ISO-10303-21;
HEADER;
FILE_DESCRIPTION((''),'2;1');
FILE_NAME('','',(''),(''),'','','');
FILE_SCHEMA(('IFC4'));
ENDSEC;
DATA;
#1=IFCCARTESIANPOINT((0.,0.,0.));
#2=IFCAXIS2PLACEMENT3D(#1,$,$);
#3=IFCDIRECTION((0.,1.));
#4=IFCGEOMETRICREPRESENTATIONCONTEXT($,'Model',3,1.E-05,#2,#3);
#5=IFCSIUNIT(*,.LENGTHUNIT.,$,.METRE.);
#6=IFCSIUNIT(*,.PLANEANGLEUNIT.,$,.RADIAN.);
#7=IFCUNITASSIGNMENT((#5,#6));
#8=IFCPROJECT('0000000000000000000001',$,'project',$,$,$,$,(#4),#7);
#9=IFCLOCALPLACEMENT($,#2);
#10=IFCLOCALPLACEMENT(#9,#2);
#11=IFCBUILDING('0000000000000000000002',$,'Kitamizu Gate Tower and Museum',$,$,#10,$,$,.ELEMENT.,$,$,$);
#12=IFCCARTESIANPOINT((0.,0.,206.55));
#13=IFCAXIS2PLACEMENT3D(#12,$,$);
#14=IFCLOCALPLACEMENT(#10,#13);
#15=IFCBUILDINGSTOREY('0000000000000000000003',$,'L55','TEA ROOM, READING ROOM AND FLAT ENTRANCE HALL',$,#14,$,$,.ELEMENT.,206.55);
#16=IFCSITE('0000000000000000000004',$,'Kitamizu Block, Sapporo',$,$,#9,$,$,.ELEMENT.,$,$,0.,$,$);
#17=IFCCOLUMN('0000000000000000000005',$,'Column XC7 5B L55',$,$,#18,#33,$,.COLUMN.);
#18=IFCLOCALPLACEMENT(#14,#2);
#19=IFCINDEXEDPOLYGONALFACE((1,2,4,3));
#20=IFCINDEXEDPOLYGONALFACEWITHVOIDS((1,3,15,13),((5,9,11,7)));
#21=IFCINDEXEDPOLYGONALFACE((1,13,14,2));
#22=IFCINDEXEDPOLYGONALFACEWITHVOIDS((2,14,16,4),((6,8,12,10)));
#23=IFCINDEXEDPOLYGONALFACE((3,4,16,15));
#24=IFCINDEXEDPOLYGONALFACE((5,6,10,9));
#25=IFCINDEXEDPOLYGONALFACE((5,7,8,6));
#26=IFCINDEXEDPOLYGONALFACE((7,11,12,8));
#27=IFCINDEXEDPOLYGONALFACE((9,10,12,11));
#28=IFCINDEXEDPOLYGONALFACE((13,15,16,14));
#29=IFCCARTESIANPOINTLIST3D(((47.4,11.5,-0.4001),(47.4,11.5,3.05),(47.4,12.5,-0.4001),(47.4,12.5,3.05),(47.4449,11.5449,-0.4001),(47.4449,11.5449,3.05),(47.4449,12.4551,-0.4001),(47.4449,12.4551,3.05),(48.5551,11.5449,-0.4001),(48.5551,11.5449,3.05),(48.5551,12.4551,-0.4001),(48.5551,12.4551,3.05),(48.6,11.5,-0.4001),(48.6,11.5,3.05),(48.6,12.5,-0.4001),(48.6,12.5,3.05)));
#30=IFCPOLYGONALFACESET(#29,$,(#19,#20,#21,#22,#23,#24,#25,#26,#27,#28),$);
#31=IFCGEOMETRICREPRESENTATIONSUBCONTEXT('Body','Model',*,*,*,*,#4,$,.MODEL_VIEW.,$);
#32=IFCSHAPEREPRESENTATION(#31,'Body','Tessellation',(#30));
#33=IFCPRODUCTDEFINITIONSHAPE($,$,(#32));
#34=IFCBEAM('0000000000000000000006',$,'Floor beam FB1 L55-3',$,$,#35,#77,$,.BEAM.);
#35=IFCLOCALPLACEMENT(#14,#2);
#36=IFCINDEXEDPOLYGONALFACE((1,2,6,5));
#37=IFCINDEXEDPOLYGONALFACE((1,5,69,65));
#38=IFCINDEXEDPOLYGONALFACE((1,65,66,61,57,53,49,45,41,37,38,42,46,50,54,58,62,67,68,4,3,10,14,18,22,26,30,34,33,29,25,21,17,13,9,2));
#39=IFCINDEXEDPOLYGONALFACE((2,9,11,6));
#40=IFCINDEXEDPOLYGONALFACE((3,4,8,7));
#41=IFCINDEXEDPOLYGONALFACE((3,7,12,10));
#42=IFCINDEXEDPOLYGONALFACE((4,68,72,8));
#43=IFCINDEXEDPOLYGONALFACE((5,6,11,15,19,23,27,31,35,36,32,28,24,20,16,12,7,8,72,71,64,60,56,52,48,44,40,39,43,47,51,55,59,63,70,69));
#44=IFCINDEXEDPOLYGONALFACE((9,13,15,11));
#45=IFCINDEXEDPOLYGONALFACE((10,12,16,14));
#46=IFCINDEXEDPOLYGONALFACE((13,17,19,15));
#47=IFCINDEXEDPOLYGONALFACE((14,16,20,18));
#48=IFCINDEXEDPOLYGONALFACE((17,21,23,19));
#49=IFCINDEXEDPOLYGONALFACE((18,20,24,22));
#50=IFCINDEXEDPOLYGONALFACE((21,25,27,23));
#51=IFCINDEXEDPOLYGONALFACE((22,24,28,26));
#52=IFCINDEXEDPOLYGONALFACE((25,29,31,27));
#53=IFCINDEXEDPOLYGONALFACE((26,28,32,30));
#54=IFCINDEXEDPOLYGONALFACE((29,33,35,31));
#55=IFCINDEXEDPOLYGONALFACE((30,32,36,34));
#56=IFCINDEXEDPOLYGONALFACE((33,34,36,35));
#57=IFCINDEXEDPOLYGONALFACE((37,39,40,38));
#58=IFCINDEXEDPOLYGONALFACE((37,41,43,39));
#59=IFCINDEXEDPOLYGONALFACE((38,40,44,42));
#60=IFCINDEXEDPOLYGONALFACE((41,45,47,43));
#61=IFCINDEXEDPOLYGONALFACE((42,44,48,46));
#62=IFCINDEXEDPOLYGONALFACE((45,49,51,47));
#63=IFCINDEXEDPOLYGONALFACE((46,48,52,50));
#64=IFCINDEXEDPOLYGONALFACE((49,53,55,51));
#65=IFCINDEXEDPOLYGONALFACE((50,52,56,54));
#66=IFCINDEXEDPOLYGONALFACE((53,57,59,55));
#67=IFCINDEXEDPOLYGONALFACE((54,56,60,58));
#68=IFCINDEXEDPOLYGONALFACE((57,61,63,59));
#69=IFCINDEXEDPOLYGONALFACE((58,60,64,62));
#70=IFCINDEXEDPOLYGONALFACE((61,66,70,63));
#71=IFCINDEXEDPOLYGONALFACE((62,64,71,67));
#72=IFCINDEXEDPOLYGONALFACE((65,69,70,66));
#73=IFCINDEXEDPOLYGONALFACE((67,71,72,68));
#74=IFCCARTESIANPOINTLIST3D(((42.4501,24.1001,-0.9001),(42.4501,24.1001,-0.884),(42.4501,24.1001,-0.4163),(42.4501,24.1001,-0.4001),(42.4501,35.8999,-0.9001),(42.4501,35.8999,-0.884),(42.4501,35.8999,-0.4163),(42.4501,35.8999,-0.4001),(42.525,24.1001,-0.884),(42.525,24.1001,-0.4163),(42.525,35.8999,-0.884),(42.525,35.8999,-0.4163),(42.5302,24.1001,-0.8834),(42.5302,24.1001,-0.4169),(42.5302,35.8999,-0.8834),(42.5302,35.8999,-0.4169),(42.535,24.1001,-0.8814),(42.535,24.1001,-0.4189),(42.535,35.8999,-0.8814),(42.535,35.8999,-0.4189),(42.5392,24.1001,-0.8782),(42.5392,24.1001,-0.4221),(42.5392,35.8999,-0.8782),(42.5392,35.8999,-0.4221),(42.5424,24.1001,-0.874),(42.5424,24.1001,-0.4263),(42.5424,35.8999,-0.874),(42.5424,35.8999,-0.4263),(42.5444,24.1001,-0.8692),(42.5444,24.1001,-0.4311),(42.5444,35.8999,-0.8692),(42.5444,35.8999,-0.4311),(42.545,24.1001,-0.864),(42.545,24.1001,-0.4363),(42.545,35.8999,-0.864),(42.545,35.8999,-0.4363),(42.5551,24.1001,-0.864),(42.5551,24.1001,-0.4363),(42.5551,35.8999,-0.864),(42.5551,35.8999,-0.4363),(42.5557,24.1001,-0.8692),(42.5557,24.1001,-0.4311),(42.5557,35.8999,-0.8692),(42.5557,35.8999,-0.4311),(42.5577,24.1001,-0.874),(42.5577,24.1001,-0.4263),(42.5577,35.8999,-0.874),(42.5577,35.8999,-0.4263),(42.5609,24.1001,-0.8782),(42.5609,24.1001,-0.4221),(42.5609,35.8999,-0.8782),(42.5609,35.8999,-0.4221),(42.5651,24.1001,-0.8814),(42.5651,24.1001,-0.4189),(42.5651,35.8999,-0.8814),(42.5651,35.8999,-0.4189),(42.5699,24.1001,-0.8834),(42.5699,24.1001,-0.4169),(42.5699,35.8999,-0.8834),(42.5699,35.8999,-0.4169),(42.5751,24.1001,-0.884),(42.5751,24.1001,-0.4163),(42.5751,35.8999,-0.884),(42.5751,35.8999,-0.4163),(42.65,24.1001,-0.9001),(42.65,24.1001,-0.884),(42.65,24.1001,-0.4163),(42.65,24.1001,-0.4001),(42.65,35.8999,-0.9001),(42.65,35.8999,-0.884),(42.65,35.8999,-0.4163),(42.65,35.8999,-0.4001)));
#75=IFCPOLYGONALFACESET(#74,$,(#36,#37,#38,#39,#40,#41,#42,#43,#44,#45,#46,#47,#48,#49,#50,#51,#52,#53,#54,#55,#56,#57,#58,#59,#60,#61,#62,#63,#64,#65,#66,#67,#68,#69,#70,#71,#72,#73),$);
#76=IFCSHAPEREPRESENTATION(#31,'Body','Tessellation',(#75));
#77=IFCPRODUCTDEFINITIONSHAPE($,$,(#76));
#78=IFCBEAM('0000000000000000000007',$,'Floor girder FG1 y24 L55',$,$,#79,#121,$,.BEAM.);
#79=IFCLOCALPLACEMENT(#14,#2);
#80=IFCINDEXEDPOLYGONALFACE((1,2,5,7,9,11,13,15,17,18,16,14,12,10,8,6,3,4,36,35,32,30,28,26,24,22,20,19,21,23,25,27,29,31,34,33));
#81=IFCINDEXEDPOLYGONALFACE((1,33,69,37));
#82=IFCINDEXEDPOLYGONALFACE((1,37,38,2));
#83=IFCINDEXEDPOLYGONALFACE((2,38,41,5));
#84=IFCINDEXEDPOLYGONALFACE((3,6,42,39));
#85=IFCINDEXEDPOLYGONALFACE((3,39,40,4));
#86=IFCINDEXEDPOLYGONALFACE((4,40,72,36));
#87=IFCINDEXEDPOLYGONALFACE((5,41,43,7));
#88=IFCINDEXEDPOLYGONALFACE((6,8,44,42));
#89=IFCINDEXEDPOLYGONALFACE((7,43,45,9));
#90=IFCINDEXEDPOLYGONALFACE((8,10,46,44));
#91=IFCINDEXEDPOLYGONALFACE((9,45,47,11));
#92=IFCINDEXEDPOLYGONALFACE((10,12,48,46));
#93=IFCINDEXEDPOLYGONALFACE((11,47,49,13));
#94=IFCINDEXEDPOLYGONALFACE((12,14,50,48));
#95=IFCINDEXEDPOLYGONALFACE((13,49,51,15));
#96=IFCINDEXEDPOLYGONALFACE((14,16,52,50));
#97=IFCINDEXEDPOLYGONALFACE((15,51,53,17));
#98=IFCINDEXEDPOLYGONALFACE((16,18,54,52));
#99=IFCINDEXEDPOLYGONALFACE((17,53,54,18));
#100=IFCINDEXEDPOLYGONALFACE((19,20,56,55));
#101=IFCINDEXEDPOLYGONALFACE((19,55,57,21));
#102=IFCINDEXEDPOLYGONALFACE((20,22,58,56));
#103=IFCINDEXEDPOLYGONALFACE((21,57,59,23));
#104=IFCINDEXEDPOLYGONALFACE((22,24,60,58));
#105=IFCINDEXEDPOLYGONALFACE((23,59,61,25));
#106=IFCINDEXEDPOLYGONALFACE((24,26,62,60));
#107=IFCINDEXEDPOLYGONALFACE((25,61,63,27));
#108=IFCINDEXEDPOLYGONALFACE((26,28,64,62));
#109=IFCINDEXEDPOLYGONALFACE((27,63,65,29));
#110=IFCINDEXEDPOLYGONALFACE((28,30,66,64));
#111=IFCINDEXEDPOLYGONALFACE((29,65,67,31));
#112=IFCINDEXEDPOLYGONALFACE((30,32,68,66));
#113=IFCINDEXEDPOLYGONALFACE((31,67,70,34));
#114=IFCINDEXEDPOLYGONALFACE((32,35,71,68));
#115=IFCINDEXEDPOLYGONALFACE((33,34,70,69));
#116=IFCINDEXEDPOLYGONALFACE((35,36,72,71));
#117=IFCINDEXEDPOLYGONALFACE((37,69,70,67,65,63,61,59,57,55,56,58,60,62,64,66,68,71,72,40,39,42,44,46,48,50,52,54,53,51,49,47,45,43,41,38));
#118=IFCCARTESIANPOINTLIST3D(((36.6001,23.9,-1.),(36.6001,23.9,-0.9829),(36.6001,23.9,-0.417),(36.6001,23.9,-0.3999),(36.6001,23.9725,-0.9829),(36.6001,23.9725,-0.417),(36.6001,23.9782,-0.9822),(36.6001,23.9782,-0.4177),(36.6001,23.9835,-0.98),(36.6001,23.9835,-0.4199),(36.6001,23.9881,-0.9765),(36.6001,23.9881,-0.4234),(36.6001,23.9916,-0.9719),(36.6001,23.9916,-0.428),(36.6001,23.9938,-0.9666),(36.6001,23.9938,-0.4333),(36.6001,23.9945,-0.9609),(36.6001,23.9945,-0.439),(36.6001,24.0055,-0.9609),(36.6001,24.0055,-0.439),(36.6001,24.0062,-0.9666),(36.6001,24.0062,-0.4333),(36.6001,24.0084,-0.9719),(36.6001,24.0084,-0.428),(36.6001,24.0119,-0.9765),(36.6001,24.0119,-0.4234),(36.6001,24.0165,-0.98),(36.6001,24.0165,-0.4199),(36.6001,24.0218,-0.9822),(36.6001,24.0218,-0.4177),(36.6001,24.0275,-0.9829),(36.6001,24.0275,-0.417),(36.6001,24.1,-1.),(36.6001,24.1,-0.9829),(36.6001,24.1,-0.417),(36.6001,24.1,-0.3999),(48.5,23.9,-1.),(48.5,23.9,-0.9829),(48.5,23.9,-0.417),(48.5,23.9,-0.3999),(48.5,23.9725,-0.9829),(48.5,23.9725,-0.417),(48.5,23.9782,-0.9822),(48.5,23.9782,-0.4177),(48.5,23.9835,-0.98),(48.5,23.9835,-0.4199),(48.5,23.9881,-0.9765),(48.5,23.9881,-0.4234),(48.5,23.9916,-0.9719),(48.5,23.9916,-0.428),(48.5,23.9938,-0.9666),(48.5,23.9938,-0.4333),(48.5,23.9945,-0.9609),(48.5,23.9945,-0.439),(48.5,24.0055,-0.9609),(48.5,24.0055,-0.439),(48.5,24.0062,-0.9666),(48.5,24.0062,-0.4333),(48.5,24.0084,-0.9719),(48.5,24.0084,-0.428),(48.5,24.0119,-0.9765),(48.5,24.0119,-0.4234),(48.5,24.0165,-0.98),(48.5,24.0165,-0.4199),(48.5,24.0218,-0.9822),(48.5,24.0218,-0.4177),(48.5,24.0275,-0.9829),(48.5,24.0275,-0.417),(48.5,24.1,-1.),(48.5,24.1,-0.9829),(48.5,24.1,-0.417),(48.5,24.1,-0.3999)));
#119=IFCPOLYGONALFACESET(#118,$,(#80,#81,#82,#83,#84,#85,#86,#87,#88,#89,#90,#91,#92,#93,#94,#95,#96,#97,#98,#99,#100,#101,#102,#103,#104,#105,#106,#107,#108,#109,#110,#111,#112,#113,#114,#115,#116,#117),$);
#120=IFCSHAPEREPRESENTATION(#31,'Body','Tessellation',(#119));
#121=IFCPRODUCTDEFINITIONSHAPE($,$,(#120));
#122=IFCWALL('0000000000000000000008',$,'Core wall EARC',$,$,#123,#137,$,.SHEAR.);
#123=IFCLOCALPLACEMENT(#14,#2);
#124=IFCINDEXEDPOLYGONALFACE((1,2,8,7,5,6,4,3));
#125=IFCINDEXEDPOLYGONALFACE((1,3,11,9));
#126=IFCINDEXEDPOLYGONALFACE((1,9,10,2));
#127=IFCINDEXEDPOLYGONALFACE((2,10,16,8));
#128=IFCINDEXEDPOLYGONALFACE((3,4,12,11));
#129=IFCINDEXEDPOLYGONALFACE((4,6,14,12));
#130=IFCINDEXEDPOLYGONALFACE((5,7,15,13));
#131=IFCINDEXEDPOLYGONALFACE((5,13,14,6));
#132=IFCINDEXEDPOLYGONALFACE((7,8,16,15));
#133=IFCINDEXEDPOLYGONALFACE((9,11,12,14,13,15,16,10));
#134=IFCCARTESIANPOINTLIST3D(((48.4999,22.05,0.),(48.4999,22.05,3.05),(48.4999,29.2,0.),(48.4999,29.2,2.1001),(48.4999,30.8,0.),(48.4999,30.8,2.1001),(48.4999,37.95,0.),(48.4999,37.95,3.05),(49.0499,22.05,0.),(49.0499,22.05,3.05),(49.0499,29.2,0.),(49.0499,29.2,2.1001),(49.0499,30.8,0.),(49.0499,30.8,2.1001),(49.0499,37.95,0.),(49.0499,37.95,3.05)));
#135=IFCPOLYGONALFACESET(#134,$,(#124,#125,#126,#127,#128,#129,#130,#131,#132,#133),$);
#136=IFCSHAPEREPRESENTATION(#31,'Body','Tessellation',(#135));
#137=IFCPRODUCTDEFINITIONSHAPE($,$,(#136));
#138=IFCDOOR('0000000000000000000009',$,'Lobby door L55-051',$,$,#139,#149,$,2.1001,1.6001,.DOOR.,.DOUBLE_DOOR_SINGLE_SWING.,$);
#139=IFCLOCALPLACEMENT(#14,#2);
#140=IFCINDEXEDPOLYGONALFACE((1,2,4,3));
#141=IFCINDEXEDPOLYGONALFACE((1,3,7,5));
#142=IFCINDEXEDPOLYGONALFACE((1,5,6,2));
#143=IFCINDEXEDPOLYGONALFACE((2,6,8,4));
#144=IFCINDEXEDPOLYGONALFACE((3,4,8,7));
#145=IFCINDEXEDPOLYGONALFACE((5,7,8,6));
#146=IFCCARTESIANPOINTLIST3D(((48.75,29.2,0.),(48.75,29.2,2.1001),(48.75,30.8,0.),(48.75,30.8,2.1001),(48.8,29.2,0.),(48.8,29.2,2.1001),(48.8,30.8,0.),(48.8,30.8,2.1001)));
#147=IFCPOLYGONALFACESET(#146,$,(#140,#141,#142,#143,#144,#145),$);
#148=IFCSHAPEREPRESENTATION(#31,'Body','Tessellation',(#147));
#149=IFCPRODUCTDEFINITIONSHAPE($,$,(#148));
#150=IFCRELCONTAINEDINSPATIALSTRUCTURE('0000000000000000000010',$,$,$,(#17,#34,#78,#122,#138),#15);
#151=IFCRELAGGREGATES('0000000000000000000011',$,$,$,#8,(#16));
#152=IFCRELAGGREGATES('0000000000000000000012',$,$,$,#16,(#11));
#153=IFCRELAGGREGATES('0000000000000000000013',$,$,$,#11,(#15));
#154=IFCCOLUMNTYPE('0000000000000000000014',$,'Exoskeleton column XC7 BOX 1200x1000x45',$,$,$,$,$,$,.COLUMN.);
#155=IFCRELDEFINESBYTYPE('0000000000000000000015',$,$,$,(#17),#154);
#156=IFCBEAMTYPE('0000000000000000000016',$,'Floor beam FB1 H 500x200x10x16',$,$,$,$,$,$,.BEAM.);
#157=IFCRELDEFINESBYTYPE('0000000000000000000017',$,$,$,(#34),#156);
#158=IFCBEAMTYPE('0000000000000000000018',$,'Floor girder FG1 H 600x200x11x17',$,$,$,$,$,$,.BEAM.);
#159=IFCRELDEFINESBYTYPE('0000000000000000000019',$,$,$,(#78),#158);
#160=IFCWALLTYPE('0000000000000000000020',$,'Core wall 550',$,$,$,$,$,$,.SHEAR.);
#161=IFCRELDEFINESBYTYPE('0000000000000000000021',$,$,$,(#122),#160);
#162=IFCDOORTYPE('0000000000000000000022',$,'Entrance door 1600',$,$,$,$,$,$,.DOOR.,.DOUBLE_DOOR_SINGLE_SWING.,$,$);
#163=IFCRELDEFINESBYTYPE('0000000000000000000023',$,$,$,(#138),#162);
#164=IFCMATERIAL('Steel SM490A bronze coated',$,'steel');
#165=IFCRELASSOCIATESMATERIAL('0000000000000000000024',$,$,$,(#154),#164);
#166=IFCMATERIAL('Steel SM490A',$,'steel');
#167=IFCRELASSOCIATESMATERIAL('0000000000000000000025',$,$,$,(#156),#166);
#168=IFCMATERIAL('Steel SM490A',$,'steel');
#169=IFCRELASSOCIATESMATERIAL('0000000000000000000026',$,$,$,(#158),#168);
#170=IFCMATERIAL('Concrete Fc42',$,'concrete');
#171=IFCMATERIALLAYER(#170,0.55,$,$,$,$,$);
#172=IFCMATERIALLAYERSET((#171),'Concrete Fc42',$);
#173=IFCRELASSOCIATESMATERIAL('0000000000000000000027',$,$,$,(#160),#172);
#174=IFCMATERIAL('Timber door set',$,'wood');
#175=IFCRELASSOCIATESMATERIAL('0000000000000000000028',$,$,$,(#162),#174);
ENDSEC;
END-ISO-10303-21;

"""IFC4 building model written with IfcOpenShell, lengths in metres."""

from ifc_helpers import new_model, si_unit, direction, frame, frame_2d, origin, origin_2d, place, context, subcontext, project, spatial, rectangle, hollow_rectangle, i_section, extrude, material, layer, layer_set, material_profile, profile_set, type_object, element, fill, save


model = new_model("IFC4")

# Units and contexts
model_context = context("Model", 3, precision=1e-05, world=origin(), true_north=direction((0.0, 1.0)))
body_context = subcontext(model_context, "Body", "Model", "MODEL_VIEW")
ifc_project = project(units=[si_unit("LENGTHUNIT", "METRE"), si_unit("PLANEANGLEUNIT", "RADIAN")], contexts=[model_context])

# Site, building, storey
site_placement = place(None, origin())
site = spatial("IfcSite", under=ifc_project, at=site_placement, Name="Kitamizu Block, Sapporo", CompositionType="ELEMENT", RefElevation=0.0)
building_placement = place(site_placement, origin())
building = spatial("IfcBuilding", under=site, at=building_placement, Name="Kitamizu Gate Tower and Museum", CompositionType="ELEMENT")
storey_placement = place(building_placement, frame((0.0, 0.0, 206.55)))
storey = spatial("IfcBuildingStorey", under=building, at=storey_placement, Name="L55", Description="TEA ROOM, READING ROOM AND FLAT ENTRANCE HALL", CompositionType="ELEMENT", Elevation=206.55)

# Column
ifc_material_1 = material(Name="Steel SM490A bronze coated", Category="steel")
ifc_material_profile_1 = material_profile(ifc_material_1, hollow_rectangle(XDim=1.2, YDim=1.0, WallThickness=0.0449, at=origin_2d()), Name="BOX 1200x1000x45")
ifc_profile_set_1 = profile_set([ifc_material_profile_1], Name="Steel SM490A bronze coated")
column_type = type_object("IfcColumnType", Name="Exoskeleton column XC7 BOX 1200x1000x45", PredefinedType="COLUMN", material=ifc_profile_set_1)
column_placement = place(storey_placement, frame((48.0, 12.0, -0.4001), z_axis=(0.0, 0.0, 1.0), x_axis=(1.0, 0.0, 0.0)))
element("IfcColumn", 1, at=column_placement, inside=storey, type_object=column_type, Name="Column XC7 5B L55", PredefinedType="COLUMN", context=body_context, shape_type="SweptSolid", body=[
    extrude(hollow_rectangle(XDim=1.2, YDim=1.0, WallThickness=0.0449, at=origin_2d()), origin(), (0.0, 0.0, 1.0), 3.4502),
])

# Beams
ifc_material_2 = material(Name="Steel SM490A", Category="steel")
ifc_material_profile_2 = material_profile(ifc_material_2, i_section(OverallWidth=0.2, OverallDepth=0.5, WebThickness=0.01, FlangeThickness=0.0161, FilletRadius=0.02, at=origin_2d()), Name="H-500x200x10x16")
ifc_profile_set_2 = profile_set([ifc_material_profile_2], Name="Steel SM490A")
beam_type_1 = type_object("IfcBeamType", Name="Floor beam FB1 H 500x200x10x16", PredefinedType="BEAM", material=ifc_profile_set_2)
beam_1_placement = place(storey_placement, frame((42.55, 24.1001, -0.6501), z_axis=(0.0, 1.0, 0.0), x_axis=(-1.0, 0.0, 0.0)))
element("IfcBeam", 2, at=beam_1_placement, inside=storey, type_object=beam_type_1, Name="Floor beam FB1 L55-3", PredefinedType="BEAM", context=body_context, shape_type="SweptSolid", body=[
    extrude(i_section(OverallWidth=0.2, OverallDepth=0.5, WebThickness=0.01, FlangeThickness=0.0161, FilletRadius=0.02, at=origin_2d()), origin(), (0.0, 0.0, 1.0), 11.7998),
])
ifc_material_3 = material(Name="Steel SM490A", Category="steel")
ifc_material_profile_3 = material_profile(ifc_material_3, i_section(OverallWidth=0.2, OverallDepth=0.6001, WebThickness=0.011, FlangeThickness=0.0171, FilletRadius=0.022, at=origin_2d()), Name="H-600x200x11x17")
ifc_profile_set_3 = profile_set([ifc_material_profile_3], Name="Steel SM490A")
beam_type_2 = type_object("IfcBeamType", Name="Floor girder FG1 H 600x200x11x17", PredefinedType="BEAM", material=ifc_profile_set_3)
beam_2_placement = place(storey_placement, frame((36.6001, 24.0, -0.7), z_axis=(1.0, 0.0, 0.0), x_axis=(0.0, 1.0, 0.0)))
element("IfcBeam", 3, at=beam_2_placement, inside=storey, type_object=beam_type_2, Name="Floor girder FG1 y24 L55", PredefinedType="BEAM", context=body_context, shape_type="SweptSolid", body=[
    extrude(i_section(OverallWidth=0.2, OverallDepth=0.6001, WebThickness=0.011, FlangeThickness=0.0171, FilletRadius=0.022, at=origin_2d()), origin(), (0.0, 0.0, 1.0), 11.8999),
])

# Wall, opening, door
ifc_material_4 = material(Name="Concrete Fc42", Category="concrete")
ifc_layer_1 = layer(ifc_material_4, 0.55)
ifc_layer_set_1 = layer_set([ifc_layer_1], Name="Concrete Fc42")
wall_type_1 = type_object("IfcWallType", Name="Core wall 550", PredefinedType="SHEAR", material=ifc_layer_set_1)
wall_1_placement = place(storey_placement, frame((48.7749, 22.05, 0.0), z_axis=(0.0, 0.0, 1.0), x_axis=(0.0, 1.0, 0.0)))
wall_1 = element("IfcWall", 4, at=wall_1_placement, inside=storey, type_object=wall_type_1, Name="Core wall EARC", PredefinedType="SHEAR", context=body_context, shape_type="SweptSolid", body=[
    extrude(rectangle(XDim=15.8999, YDim=0.55, at=frame_2d((7.95, 0.0))), origin(), (0.0, 0.0, 1.0), 3.05),
])
opening_1_placement = place(wall_1_placement, frame((7.1499, 0.0, 0.0)))
opening_1 = element("IfcOpeningElement", 5, at=opening_1_placement, cuts=wall_1, PredefinedType="OPENING", context=body_context, shape_type="SweptSolid", body=[
    extrude(rectangle(XDim=1.6001, YDim=2.1001, at=frame_2d((0.8, 1.05))), frame((0.0, 0.2852, 0.0), z_axis=(0.0, -1.0, 0.0), x_axis=(1.0, 0.0, 0.0)), (0.0, 0.0, 1.0), 0.5701),
])
ifc_material_5 = material(Name="Timber door set", Category="wood")
door_type_1 = type_object("IfcDoorType", Name="Entrance door 1600", OperationType="DOUBLE_DOOR_SINGLE_SWING", PredefinedType="DOOR", material=ifc_material_5)
door_1_placement = place(opening_1_placement, origin())
door_1 = element("IfcDoor", 6, at=door_1_placement, inside=storey, type_object=door_type_1, Name="Lobby door L55-051", OperationType="DOUBLE_DOOR_SINGLE_SWING", OverallHeight=2.1001, OverallWidth=1.6001, PredefinedType="DOOR", context=body_context, shape_type="SweptSolid", body=[
    extrude(rectangle(XDim=1.6001, YDim=2.1001, at=frame_2d((0.8, 1.05))), frame((0.0, 0.0249, 0.0), z_axis=(0.0, -1.0, 0.0), x_axis=(1.0, 0.0, 0.0)), (0.0, 0.0, 1.0), 0.05),
])
fill(opening_1, door_1)

save(model, "model.ifc")
